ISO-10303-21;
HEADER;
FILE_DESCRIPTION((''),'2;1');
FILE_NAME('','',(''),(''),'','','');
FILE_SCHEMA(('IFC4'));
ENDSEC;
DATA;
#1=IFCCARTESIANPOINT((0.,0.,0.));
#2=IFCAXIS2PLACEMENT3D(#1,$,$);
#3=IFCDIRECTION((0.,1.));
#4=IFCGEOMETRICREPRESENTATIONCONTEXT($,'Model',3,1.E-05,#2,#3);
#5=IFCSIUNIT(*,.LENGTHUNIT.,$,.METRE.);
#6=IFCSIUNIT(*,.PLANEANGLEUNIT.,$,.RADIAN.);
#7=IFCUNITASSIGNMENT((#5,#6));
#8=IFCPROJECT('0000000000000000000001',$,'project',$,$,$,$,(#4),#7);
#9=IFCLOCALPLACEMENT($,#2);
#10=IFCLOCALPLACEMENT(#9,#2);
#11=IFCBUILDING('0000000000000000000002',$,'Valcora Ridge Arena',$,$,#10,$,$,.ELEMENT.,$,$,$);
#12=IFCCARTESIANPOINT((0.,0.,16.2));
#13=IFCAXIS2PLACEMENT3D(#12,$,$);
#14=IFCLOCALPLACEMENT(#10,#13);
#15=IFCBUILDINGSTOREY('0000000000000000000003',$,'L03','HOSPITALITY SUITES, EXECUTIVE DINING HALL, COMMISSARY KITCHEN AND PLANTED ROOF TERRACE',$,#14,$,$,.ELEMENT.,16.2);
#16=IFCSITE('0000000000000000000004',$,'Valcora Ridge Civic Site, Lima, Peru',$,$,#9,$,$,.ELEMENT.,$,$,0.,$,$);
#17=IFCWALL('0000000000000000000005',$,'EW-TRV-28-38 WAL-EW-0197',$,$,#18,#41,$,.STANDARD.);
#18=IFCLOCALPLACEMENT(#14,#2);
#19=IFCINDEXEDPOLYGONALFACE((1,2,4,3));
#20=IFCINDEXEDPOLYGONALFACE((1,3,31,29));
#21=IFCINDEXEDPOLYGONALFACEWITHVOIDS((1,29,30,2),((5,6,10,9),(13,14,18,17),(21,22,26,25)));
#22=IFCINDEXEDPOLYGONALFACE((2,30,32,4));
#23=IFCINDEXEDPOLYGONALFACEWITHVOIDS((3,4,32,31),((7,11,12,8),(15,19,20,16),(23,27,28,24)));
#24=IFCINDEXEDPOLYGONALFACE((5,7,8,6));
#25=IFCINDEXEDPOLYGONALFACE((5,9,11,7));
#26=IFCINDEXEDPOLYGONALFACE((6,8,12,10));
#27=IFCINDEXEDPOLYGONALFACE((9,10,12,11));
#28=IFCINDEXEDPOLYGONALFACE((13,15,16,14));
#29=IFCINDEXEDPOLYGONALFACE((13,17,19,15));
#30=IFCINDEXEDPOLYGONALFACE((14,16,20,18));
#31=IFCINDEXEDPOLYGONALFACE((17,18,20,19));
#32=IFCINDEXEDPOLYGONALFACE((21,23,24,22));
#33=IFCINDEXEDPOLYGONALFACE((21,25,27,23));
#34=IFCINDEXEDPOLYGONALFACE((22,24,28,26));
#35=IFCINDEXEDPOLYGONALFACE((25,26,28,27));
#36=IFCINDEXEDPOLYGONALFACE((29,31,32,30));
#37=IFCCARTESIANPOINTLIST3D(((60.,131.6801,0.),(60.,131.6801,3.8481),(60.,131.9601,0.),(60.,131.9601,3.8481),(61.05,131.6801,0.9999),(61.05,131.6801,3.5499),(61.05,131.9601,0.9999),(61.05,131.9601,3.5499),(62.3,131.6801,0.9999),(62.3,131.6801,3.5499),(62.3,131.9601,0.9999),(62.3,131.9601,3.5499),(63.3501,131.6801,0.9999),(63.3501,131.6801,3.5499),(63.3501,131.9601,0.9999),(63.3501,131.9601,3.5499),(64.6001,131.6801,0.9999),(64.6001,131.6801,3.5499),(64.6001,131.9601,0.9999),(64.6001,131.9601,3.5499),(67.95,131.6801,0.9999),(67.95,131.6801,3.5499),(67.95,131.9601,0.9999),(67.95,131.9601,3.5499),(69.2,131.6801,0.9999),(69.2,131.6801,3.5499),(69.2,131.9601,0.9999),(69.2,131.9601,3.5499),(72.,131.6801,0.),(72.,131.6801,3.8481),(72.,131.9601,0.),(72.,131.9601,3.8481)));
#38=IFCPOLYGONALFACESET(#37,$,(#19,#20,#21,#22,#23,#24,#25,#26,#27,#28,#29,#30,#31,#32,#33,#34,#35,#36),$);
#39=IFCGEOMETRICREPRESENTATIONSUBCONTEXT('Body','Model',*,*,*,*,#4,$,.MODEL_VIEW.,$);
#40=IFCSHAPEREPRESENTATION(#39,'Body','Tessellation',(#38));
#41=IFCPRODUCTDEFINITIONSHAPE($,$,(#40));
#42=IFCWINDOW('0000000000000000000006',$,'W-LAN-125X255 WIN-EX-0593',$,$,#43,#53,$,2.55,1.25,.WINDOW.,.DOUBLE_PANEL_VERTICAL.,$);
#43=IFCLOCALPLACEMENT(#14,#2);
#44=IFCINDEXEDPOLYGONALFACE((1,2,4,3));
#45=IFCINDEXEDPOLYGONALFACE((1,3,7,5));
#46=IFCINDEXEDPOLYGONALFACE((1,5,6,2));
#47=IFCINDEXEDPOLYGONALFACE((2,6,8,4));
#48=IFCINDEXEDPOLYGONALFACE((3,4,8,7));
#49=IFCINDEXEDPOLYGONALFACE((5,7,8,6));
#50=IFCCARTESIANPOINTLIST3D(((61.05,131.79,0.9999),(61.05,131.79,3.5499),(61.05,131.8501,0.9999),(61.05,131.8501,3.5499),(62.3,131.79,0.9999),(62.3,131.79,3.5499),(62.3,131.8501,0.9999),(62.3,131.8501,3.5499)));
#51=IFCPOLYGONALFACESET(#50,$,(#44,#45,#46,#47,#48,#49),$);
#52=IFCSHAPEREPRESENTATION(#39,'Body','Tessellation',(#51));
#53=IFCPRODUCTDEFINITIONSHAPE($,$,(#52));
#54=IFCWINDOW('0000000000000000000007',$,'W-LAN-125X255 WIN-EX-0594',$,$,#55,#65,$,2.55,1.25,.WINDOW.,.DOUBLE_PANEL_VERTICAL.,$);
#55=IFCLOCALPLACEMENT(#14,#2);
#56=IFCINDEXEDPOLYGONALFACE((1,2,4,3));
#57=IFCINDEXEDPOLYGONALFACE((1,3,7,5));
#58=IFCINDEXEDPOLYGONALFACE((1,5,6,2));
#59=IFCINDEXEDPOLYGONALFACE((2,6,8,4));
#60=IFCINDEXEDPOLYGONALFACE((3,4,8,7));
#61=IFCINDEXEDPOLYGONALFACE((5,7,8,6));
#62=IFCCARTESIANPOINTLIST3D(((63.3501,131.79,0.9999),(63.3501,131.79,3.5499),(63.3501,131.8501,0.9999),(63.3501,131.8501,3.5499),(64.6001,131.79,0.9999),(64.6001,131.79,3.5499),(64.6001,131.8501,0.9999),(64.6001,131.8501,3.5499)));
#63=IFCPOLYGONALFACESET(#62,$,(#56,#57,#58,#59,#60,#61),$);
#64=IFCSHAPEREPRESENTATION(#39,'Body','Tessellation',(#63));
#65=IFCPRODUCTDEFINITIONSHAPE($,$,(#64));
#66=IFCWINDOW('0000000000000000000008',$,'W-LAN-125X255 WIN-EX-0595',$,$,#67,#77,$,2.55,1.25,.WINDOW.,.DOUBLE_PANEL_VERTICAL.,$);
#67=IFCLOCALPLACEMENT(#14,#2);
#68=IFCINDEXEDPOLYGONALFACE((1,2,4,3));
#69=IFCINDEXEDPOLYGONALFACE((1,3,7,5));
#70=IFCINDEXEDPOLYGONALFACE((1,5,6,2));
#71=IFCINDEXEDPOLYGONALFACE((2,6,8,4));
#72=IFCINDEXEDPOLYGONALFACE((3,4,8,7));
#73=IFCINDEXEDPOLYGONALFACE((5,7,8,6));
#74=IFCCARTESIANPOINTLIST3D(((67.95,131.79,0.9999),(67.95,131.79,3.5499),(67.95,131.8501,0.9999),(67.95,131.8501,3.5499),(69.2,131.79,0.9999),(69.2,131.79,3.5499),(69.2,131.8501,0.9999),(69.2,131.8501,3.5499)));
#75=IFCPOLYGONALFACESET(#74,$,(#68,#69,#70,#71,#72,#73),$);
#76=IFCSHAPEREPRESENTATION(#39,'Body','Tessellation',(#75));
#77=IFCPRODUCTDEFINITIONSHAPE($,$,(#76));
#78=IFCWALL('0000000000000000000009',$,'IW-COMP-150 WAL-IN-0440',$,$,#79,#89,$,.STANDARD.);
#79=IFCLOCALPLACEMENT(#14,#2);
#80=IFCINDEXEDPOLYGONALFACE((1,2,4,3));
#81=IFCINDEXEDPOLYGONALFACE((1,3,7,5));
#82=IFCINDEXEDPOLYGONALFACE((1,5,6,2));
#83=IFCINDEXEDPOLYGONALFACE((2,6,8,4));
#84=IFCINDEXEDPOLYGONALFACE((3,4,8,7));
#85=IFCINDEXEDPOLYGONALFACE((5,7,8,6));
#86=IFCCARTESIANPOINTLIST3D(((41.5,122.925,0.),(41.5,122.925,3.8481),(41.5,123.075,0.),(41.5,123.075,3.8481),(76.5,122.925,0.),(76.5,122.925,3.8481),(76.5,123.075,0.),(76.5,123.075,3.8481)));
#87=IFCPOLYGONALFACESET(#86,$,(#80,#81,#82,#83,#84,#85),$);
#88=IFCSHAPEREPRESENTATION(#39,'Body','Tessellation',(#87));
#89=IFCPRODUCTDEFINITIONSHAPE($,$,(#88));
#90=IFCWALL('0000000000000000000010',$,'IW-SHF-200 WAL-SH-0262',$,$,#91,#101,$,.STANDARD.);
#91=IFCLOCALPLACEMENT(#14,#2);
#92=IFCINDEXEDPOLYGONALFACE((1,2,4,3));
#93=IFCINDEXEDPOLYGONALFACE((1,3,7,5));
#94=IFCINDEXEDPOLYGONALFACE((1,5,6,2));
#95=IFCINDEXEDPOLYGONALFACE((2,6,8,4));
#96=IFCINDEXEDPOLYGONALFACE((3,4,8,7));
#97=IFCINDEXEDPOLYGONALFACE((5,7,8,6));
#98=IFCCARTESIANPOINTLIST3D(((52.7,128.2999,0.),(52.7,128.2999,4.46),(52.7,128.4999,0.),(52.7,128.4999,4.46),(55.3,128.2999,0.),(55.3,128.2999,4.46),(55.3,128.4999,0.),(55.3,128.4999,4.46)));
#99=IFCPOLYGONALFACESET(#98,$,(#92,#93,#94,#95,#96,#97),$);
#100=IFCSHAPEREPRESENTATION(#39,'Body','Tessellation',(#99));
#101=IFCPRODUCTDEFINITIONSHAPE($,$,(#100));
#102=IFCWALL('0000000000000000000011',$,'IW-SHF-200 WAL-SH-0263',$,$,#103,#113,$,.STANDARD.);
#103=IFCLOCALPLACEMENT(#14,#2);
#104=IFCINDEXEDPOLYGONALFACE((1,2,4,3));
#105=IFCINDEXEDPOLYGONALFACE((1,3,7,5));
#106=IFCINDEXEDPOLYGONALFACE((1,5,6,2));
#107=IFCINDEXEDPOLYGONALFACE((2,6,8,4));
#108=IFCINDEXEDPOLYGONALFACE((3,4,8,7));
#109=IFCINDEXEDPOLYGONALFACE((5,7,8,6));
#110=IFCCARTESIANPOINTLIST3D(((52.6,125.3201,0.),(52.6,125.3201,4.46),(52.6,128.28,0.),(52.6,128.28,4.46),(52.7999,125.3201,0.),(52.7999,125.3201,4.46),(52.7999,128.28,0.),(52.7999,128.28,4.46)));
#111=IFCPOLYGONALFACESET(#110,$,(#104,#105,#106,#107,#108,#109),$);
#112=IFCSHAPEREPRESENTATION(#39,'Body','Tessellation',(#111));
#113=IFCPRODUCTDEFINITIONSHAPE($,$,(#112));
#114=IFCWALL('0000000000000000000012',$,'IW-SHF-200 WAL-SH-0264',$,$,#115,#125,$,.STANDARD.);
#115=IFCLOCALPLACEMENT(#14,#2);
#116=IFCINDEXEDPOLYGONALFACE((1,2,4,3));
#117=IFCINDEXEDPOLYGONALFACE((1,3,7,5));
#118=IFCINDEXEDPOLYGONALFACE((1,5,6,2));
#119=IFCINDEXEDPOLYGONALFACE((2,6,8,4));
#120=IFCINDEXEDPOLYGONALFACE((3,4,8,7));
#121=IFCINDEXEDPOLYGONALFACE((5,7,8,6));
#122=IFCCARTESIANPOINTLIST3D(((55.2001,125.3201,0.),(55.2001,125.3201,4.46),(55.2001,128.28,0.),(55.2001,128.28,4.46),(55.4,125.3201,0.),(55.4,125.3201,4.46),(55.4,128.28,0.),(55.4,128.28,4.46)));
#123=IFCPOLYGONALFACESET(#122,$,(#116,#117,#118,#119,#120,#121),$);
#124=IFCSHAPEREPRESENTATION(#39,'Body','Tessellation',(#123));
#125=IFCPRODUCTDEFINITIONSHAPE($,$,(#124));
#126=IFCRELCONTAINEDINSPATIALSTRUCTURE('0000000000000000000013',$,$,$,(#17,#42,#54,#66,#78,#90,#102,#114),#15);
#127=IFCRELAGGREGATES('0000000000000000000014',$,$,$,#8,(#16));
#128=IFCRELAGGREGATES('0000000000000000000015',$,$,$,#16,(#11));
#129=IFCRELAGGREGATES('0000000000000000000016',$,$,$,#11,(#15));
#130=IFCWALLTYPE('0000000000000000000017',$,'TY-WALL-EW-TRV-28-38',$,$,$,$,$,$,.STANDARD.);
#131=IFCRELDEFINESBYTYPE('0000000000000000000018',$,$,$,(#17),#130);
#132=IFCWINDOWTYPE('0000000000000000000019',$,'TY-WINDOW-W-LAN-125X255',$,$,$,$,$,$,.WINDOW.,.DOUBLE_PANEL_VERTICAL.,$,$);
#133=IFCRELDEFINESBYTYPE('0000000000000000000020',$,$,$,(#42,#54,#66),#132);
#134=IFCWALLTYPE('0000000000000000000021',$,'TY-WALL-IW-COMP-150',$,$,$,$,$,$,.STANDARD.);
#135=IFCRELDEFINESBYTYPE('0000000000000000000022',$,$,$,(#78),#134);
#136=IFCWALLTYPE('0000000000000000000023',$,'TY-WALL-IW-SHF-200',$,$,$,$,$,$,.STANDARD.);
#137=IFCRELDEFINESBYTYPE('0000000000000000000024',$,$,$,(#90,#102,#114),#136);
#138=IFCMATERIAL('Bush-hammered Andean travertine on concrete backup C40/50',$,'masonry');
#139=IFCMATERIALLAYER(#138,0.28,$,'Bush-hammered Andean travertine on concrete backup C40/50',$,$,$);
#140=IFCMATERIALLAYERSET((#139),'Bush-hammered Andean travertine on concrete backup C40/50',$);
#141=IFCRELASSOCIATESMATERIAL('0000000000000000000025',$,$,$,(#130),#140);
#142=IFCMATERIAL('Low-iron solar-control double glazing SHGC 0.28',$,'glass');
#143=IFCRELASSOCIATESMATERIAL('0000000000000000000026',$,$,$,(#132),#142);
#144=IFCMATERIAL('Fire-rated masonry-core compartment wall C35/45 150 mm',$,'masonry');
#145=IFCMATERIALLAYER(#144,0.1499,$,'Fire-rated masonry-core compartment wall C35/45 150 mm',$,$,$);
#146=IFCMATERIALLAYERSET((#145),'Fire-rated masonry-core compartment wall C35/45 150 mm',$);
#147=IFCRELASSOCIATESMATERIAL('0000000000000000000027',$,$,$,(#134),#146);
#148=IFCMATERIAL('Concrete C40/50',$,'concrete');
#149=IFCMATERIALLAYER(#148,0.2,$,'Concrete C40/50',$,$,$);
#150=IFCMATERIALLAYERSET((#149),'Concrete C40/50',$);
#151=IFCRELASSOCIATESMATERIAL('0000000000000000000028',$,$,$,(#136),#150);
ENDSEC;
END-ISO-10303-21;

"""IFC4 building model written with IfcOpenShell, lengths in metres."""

from ifc_helpers import new_model, si_unit, direction, frame, frame_2d, origin, place, context, subcontext, project, spatial, rectangle, extrude, material, layer, layer_set, type_object, element, fill, save


model = new_model("IFC4")

# Units and contexts
model_context = context("Model", 3, precision=1e-05, world=origin(), true_north=direction((0.0, 1.0)))
body_context = subcontext(model_context, "Body", "Model", "MODEL_VIEW")
ifc_project = project(units=[si_unit("LENGTHUNIT", "METRE"), si_unit("PLANEANGLEUNIT", "RADIAN")], contexts=[model_context])

# Site, building, storey
site_placement = place(None, origin())
site = spatial("IfcSite", under=ifc_project, at=site_placement, Name="Valcora Ridge Civic Site, Lima, Peru", CompositionType="ELEMENT", RefElevation=0.0)
building_placement = place(site_placement, origin())
building = spatial("IfcBuilding", under=site, at=building_placement, Name="Valcora Ridge Arena", CompositionType="ELEMENT")
storey_placement = place(building_placement, frame((0.0, 0.0, 16.2)))
storey = spatial("IfcBuildingStorey", under=building, at=storey_placement, Name="L03", Description="HOSPITALITY SUITES, EXECUTIVE DINING HALL, COMMISSARY KITCHEN AND PLANTED ROOF TERRACE", CompositionType="ELEMENT", Elevation=16.2)

# Shared definitions
ifc_material_1 = material(Name="Concrete C40/50", Category="concrete")

# Wall, openings, windows
ifc_material_2 = material(Name="Bush-hammered Andean travertine on concrete backup C40/50", Category="masonry")
ifc_layer_1 = layer(ifc_material_2, 0.28, Name="Bush-hammered Andean travertine on concrete backup C40/50")
ifc_layer_set_1 = layer_set([ifc_layer_1], Name="Bush-hammered Andean travertine on concrete backup C40/50")
wall_type_1 = type_object("IfcWallType", Name="TY-WALL-EW-TRV-28-38", PredefinedType="STANDARD", material=ifc_layer_set_1)
ifc_material_3 = material(Name="Low-iron solar-control double glazing SHGC 0.28", Category="glass")
window_type = type_object("IfcWindowType", Name="TY-WINDOW-W-LAN-125X255", PartitioningType="DOUBLE_PANEL_VERTICAL", PredefinedType="WINDOW", material=ifc_material_3)
wall_1_placement = place(storey_placement, frame((60.0, 131.8201, 0.0), z_axis=(0.0, 0.0, 1.0), x_axis=(1.0, 0.0, 0.0)))
wall_1 = element("IfcWall", 1, at=wall_1_placement, inside=storey, type_object=wall_type_1, Name="EW-TRV-28-38 WAL-EW-0197", PredefinedType="STANDARD", context=body_context, shape_type="SweptSolid", body=[
    extrude(rectangle(XDim=12.0, YDim=0.28, at=frame_2d((6.0, 0.0))), origin(), (0.0, 0.0, 1.0), 3.8481),
])
opening_1_placement = place(wall_1_placement, frame((1.05, 0.0, 1.0)))
opening_1 = element("IfcOpeningElement", 2, at=opening_1_placement, cuts=wall_1, PredefinedType="OPENING", context=body_context, shape_type="SweptSolid", body=[
    extrude(rectangle(XDim=1.25, YDim=2.55, at=frame_2d((0.625, 1.2749))), frame((0.0, 0.1499, 0.0), z_axis=(0.0, -1.0, 0.0), x_axis=(1.0, 0.0, 0.0)), (0.0, 0.0, 1.0), 0.3),
])
opening_2_placement = place(wall_1_placement, frame((3.3501, 0.0, 1.0)))
opening_2 = element("IfcOpeningElement", 3, at=opening_2_placement, cuts=wall_1, PredefinedType="OPENING", context=body_context, shape_type="SweptSolid", body=[
    extrude(rectangle(XDim=1.25, YDim=2.55, at=frame_2d((0.625, 1.2749))), frame((0.0, 0.1499, 0.0), z_axis=(0.0, -1.0, 0.0), x_axis=(1.0, 0.0, 0.0)), (0.0, 0.0, 1.0), 0.3),
])
opening_3_placement = place(wall_1_placement, frame((7.95, 0.0, 1.0)))
opening_3 = element("IfcOpeningElement", 4, at=opening_3_placement, cuts=wall_1, PredefinedType="OPENING", context=body_context, shape_type="SweptSolid", body=[
    extrude(rectangle(XDim=1.25, YDim=2.55, at=frame_2d((0.625, 1.2749))), frame((0.0, 0.1499, 0.0), z_axis=(0.0, -1.0, 0.0), x_axis=(1.0, 0.0, 0.0)), (0.0, 0.0, 1.0), 0.3),
])
window_1_placement = place(opening_1_placement, origin())
window_1 = element("IfcWindow", 5, at=window_1_placement, inside=storey, type_object=window_type, Name="W-LAN-125X255 WIN-EX-0593", OverallHeight=2.55, OverallWidth=1.25, PartitioningType="DOUBLE_PANEL_VERTICAL", PredefinedType="WINDOW", context=body_context, shape_type="SweptSolid", body=[
    extrude(rectangle(XDim=1.25, YDim=2.55, at=frame_2d((0.625, 1.2749))), frame((0.0, 0.03, 0.0), z_axis=(0.0, -1.0, 0.0), x_axis=(1.0, 0.0, 0.0)), (0.0, 0.0, 1.0), 0.0601),
])
fill(opening_1, window_1)
window_2_placement = place(opening_2_placement, origin())
window_2 = element("IfcWindow", 6, at=window_2_placement, inside=storey, type_object=window_type, Name="W-LAN-125X255 WIN-EX-0594", OverallHeight=2.55, OverallWidth=1.25, PartitioningType="DOUBLE_PANEL_VERTICAL", PredefinedType="WINDOW", context=body_context, shape_type="SweptSolid", body=[
    extrude(rectangle(XDim=1.25, YDim=2.55, at=frame_2d((0.625, 1.2749))), frame((0.0, 0.03, 0.0), z_axis=(0.0, -1.0, 0.0), x_axis=(1.0, 0.0, 0.0)), (0.0, 0.0, 1.0), 0.0601),
])
fill(opening_2, window_2)
window_3_placement = place(opening_3_placement, origin())
window_3 = element("IfcWindow", 7, at=window_3_placement, inside=storey, type_object=window_type, Name="W-LAN-125X255 WIN-EX-0595", OverallHeight=2.55, OverallWidth=1.25, PartitioningType="DOUBLE_PANEL_VERTICAL", PredefinedType="WINDOW", context=body_context, shape_type="SweptSolid", body=[
    extrude(rectangle(XDim=1.25, YDim=2.55, at=frame_2d((0.625, 1.2749))), frame((0.0, 0.03, 0.0), z_axis=(0.0, -1.0, 0.0), x_axis=(1.0, 0.0, 0.0)), (0.0, 0.0, 1.0), 0.0601),
])
fill(opening_3, window_3)

# Wall
ifc_material_4 = material(Name="Fire-rated masonry-core compartment wall C35/45 150 mm", Category="masonry")
ifc_layer_2 = layer(ifc_material_4, 0.1499, Name="Fire-rated masonry-core compartment wall C35/45 150 mm")
ifc_layer_set_2 = layer_set([ifc_layer_2], Name="Fire-rated masonry-core compartment wall C35/45 150 mm")
wall_type_2 = type_object("IfcWallType", Name="TY-WALL-IW-COMP-150", PredefinedType="STANDARD", material=ifc_layer_set_2)
wall_2_placement = place(storey_placement, frame((41.5, 123.0, 0.0), z_axis=(0.0, 0.0, 1.0), x_axis=(1.0, 0.0, 0.0)))
element("IfcWall", 8, at=wall_2_placement, inside=storey, type_object=wall_type_2, Name="IW-COMP-150 WAL-IN-0440", PredefinedType="STANDARD", context=body_context, shape_type="SweptSolid", body=[
    extrude(rectangle(XDim=35.0, YDim=0.1499, at=frame_2d((17.5, 0.0))), origin(), (0.0, 0.0, 1.0), 3.8481),
])

# Shared definitions
ifc_layer_3 = layer(ifc_material_1, 0.2, Name="Concrete C40/50")
ifc_layer_set_3 = layer_set([ifc_layer_3], Name="Concrete C40/50")
wall_type_3 = type_object("IfcWallType", Name="TY-WALL-IW-SHF-200", PredefinedType="STANDARD", material=ifc_layer_set_3)

# Walls
wall_3_placement = place(storey_placement, frame((52.7, 128.3999, 0.0), z_axis=(0.0, 0.0, 1.0), x_axis=(1.0, 0.0, 0.0)))
element("IfcWall", 9, at=wall_3_placement, inside=storey, type_object=wall_type_3, Name="IW-SHF-200 WAL-SH-0262", PredefinedType="STANDARD", context=body_context, shape_type="SweptSolid", body=[
    extrude(rectangle(XDim=2.6001, YDim=0.2, at=frame_2d((1.3, 0.0))), origin(), (0.0, 0.0, 1.0), 4.46),
])
for number, where, z_axis, x_axis, name in (
    (10, (52.7, 125.3201, 0.0), (0.0, 0.0, 1.0), (0.0, 1.0, 0.0), "IW-SHF-200 WAL-SH-0263"),
    (11, (55.3, 125.3201, 0.0), (0.0, 0.0, 1.0), (0.0, 1.0, 0.0), "IW-SHF-200 WAL-SH-0264"),
):
    element("IfcWall", number, at=place(storey_placement, frame(where, z_axis=z_axis, x_axis=x_axis)), inside=storey, type_object=wall_type_3, Name=name, PredefinedType="STANDARD", context=body_context, shape_type="SweptSolid", body=[
        extrude(rectangle(XDim=2.96, YDim=0.2, at=frame_2d((1.48, 0.0))), origin(), (0.0, 0.0, 1.0), 4.46),
    ])

save(model, "model.ifc")
